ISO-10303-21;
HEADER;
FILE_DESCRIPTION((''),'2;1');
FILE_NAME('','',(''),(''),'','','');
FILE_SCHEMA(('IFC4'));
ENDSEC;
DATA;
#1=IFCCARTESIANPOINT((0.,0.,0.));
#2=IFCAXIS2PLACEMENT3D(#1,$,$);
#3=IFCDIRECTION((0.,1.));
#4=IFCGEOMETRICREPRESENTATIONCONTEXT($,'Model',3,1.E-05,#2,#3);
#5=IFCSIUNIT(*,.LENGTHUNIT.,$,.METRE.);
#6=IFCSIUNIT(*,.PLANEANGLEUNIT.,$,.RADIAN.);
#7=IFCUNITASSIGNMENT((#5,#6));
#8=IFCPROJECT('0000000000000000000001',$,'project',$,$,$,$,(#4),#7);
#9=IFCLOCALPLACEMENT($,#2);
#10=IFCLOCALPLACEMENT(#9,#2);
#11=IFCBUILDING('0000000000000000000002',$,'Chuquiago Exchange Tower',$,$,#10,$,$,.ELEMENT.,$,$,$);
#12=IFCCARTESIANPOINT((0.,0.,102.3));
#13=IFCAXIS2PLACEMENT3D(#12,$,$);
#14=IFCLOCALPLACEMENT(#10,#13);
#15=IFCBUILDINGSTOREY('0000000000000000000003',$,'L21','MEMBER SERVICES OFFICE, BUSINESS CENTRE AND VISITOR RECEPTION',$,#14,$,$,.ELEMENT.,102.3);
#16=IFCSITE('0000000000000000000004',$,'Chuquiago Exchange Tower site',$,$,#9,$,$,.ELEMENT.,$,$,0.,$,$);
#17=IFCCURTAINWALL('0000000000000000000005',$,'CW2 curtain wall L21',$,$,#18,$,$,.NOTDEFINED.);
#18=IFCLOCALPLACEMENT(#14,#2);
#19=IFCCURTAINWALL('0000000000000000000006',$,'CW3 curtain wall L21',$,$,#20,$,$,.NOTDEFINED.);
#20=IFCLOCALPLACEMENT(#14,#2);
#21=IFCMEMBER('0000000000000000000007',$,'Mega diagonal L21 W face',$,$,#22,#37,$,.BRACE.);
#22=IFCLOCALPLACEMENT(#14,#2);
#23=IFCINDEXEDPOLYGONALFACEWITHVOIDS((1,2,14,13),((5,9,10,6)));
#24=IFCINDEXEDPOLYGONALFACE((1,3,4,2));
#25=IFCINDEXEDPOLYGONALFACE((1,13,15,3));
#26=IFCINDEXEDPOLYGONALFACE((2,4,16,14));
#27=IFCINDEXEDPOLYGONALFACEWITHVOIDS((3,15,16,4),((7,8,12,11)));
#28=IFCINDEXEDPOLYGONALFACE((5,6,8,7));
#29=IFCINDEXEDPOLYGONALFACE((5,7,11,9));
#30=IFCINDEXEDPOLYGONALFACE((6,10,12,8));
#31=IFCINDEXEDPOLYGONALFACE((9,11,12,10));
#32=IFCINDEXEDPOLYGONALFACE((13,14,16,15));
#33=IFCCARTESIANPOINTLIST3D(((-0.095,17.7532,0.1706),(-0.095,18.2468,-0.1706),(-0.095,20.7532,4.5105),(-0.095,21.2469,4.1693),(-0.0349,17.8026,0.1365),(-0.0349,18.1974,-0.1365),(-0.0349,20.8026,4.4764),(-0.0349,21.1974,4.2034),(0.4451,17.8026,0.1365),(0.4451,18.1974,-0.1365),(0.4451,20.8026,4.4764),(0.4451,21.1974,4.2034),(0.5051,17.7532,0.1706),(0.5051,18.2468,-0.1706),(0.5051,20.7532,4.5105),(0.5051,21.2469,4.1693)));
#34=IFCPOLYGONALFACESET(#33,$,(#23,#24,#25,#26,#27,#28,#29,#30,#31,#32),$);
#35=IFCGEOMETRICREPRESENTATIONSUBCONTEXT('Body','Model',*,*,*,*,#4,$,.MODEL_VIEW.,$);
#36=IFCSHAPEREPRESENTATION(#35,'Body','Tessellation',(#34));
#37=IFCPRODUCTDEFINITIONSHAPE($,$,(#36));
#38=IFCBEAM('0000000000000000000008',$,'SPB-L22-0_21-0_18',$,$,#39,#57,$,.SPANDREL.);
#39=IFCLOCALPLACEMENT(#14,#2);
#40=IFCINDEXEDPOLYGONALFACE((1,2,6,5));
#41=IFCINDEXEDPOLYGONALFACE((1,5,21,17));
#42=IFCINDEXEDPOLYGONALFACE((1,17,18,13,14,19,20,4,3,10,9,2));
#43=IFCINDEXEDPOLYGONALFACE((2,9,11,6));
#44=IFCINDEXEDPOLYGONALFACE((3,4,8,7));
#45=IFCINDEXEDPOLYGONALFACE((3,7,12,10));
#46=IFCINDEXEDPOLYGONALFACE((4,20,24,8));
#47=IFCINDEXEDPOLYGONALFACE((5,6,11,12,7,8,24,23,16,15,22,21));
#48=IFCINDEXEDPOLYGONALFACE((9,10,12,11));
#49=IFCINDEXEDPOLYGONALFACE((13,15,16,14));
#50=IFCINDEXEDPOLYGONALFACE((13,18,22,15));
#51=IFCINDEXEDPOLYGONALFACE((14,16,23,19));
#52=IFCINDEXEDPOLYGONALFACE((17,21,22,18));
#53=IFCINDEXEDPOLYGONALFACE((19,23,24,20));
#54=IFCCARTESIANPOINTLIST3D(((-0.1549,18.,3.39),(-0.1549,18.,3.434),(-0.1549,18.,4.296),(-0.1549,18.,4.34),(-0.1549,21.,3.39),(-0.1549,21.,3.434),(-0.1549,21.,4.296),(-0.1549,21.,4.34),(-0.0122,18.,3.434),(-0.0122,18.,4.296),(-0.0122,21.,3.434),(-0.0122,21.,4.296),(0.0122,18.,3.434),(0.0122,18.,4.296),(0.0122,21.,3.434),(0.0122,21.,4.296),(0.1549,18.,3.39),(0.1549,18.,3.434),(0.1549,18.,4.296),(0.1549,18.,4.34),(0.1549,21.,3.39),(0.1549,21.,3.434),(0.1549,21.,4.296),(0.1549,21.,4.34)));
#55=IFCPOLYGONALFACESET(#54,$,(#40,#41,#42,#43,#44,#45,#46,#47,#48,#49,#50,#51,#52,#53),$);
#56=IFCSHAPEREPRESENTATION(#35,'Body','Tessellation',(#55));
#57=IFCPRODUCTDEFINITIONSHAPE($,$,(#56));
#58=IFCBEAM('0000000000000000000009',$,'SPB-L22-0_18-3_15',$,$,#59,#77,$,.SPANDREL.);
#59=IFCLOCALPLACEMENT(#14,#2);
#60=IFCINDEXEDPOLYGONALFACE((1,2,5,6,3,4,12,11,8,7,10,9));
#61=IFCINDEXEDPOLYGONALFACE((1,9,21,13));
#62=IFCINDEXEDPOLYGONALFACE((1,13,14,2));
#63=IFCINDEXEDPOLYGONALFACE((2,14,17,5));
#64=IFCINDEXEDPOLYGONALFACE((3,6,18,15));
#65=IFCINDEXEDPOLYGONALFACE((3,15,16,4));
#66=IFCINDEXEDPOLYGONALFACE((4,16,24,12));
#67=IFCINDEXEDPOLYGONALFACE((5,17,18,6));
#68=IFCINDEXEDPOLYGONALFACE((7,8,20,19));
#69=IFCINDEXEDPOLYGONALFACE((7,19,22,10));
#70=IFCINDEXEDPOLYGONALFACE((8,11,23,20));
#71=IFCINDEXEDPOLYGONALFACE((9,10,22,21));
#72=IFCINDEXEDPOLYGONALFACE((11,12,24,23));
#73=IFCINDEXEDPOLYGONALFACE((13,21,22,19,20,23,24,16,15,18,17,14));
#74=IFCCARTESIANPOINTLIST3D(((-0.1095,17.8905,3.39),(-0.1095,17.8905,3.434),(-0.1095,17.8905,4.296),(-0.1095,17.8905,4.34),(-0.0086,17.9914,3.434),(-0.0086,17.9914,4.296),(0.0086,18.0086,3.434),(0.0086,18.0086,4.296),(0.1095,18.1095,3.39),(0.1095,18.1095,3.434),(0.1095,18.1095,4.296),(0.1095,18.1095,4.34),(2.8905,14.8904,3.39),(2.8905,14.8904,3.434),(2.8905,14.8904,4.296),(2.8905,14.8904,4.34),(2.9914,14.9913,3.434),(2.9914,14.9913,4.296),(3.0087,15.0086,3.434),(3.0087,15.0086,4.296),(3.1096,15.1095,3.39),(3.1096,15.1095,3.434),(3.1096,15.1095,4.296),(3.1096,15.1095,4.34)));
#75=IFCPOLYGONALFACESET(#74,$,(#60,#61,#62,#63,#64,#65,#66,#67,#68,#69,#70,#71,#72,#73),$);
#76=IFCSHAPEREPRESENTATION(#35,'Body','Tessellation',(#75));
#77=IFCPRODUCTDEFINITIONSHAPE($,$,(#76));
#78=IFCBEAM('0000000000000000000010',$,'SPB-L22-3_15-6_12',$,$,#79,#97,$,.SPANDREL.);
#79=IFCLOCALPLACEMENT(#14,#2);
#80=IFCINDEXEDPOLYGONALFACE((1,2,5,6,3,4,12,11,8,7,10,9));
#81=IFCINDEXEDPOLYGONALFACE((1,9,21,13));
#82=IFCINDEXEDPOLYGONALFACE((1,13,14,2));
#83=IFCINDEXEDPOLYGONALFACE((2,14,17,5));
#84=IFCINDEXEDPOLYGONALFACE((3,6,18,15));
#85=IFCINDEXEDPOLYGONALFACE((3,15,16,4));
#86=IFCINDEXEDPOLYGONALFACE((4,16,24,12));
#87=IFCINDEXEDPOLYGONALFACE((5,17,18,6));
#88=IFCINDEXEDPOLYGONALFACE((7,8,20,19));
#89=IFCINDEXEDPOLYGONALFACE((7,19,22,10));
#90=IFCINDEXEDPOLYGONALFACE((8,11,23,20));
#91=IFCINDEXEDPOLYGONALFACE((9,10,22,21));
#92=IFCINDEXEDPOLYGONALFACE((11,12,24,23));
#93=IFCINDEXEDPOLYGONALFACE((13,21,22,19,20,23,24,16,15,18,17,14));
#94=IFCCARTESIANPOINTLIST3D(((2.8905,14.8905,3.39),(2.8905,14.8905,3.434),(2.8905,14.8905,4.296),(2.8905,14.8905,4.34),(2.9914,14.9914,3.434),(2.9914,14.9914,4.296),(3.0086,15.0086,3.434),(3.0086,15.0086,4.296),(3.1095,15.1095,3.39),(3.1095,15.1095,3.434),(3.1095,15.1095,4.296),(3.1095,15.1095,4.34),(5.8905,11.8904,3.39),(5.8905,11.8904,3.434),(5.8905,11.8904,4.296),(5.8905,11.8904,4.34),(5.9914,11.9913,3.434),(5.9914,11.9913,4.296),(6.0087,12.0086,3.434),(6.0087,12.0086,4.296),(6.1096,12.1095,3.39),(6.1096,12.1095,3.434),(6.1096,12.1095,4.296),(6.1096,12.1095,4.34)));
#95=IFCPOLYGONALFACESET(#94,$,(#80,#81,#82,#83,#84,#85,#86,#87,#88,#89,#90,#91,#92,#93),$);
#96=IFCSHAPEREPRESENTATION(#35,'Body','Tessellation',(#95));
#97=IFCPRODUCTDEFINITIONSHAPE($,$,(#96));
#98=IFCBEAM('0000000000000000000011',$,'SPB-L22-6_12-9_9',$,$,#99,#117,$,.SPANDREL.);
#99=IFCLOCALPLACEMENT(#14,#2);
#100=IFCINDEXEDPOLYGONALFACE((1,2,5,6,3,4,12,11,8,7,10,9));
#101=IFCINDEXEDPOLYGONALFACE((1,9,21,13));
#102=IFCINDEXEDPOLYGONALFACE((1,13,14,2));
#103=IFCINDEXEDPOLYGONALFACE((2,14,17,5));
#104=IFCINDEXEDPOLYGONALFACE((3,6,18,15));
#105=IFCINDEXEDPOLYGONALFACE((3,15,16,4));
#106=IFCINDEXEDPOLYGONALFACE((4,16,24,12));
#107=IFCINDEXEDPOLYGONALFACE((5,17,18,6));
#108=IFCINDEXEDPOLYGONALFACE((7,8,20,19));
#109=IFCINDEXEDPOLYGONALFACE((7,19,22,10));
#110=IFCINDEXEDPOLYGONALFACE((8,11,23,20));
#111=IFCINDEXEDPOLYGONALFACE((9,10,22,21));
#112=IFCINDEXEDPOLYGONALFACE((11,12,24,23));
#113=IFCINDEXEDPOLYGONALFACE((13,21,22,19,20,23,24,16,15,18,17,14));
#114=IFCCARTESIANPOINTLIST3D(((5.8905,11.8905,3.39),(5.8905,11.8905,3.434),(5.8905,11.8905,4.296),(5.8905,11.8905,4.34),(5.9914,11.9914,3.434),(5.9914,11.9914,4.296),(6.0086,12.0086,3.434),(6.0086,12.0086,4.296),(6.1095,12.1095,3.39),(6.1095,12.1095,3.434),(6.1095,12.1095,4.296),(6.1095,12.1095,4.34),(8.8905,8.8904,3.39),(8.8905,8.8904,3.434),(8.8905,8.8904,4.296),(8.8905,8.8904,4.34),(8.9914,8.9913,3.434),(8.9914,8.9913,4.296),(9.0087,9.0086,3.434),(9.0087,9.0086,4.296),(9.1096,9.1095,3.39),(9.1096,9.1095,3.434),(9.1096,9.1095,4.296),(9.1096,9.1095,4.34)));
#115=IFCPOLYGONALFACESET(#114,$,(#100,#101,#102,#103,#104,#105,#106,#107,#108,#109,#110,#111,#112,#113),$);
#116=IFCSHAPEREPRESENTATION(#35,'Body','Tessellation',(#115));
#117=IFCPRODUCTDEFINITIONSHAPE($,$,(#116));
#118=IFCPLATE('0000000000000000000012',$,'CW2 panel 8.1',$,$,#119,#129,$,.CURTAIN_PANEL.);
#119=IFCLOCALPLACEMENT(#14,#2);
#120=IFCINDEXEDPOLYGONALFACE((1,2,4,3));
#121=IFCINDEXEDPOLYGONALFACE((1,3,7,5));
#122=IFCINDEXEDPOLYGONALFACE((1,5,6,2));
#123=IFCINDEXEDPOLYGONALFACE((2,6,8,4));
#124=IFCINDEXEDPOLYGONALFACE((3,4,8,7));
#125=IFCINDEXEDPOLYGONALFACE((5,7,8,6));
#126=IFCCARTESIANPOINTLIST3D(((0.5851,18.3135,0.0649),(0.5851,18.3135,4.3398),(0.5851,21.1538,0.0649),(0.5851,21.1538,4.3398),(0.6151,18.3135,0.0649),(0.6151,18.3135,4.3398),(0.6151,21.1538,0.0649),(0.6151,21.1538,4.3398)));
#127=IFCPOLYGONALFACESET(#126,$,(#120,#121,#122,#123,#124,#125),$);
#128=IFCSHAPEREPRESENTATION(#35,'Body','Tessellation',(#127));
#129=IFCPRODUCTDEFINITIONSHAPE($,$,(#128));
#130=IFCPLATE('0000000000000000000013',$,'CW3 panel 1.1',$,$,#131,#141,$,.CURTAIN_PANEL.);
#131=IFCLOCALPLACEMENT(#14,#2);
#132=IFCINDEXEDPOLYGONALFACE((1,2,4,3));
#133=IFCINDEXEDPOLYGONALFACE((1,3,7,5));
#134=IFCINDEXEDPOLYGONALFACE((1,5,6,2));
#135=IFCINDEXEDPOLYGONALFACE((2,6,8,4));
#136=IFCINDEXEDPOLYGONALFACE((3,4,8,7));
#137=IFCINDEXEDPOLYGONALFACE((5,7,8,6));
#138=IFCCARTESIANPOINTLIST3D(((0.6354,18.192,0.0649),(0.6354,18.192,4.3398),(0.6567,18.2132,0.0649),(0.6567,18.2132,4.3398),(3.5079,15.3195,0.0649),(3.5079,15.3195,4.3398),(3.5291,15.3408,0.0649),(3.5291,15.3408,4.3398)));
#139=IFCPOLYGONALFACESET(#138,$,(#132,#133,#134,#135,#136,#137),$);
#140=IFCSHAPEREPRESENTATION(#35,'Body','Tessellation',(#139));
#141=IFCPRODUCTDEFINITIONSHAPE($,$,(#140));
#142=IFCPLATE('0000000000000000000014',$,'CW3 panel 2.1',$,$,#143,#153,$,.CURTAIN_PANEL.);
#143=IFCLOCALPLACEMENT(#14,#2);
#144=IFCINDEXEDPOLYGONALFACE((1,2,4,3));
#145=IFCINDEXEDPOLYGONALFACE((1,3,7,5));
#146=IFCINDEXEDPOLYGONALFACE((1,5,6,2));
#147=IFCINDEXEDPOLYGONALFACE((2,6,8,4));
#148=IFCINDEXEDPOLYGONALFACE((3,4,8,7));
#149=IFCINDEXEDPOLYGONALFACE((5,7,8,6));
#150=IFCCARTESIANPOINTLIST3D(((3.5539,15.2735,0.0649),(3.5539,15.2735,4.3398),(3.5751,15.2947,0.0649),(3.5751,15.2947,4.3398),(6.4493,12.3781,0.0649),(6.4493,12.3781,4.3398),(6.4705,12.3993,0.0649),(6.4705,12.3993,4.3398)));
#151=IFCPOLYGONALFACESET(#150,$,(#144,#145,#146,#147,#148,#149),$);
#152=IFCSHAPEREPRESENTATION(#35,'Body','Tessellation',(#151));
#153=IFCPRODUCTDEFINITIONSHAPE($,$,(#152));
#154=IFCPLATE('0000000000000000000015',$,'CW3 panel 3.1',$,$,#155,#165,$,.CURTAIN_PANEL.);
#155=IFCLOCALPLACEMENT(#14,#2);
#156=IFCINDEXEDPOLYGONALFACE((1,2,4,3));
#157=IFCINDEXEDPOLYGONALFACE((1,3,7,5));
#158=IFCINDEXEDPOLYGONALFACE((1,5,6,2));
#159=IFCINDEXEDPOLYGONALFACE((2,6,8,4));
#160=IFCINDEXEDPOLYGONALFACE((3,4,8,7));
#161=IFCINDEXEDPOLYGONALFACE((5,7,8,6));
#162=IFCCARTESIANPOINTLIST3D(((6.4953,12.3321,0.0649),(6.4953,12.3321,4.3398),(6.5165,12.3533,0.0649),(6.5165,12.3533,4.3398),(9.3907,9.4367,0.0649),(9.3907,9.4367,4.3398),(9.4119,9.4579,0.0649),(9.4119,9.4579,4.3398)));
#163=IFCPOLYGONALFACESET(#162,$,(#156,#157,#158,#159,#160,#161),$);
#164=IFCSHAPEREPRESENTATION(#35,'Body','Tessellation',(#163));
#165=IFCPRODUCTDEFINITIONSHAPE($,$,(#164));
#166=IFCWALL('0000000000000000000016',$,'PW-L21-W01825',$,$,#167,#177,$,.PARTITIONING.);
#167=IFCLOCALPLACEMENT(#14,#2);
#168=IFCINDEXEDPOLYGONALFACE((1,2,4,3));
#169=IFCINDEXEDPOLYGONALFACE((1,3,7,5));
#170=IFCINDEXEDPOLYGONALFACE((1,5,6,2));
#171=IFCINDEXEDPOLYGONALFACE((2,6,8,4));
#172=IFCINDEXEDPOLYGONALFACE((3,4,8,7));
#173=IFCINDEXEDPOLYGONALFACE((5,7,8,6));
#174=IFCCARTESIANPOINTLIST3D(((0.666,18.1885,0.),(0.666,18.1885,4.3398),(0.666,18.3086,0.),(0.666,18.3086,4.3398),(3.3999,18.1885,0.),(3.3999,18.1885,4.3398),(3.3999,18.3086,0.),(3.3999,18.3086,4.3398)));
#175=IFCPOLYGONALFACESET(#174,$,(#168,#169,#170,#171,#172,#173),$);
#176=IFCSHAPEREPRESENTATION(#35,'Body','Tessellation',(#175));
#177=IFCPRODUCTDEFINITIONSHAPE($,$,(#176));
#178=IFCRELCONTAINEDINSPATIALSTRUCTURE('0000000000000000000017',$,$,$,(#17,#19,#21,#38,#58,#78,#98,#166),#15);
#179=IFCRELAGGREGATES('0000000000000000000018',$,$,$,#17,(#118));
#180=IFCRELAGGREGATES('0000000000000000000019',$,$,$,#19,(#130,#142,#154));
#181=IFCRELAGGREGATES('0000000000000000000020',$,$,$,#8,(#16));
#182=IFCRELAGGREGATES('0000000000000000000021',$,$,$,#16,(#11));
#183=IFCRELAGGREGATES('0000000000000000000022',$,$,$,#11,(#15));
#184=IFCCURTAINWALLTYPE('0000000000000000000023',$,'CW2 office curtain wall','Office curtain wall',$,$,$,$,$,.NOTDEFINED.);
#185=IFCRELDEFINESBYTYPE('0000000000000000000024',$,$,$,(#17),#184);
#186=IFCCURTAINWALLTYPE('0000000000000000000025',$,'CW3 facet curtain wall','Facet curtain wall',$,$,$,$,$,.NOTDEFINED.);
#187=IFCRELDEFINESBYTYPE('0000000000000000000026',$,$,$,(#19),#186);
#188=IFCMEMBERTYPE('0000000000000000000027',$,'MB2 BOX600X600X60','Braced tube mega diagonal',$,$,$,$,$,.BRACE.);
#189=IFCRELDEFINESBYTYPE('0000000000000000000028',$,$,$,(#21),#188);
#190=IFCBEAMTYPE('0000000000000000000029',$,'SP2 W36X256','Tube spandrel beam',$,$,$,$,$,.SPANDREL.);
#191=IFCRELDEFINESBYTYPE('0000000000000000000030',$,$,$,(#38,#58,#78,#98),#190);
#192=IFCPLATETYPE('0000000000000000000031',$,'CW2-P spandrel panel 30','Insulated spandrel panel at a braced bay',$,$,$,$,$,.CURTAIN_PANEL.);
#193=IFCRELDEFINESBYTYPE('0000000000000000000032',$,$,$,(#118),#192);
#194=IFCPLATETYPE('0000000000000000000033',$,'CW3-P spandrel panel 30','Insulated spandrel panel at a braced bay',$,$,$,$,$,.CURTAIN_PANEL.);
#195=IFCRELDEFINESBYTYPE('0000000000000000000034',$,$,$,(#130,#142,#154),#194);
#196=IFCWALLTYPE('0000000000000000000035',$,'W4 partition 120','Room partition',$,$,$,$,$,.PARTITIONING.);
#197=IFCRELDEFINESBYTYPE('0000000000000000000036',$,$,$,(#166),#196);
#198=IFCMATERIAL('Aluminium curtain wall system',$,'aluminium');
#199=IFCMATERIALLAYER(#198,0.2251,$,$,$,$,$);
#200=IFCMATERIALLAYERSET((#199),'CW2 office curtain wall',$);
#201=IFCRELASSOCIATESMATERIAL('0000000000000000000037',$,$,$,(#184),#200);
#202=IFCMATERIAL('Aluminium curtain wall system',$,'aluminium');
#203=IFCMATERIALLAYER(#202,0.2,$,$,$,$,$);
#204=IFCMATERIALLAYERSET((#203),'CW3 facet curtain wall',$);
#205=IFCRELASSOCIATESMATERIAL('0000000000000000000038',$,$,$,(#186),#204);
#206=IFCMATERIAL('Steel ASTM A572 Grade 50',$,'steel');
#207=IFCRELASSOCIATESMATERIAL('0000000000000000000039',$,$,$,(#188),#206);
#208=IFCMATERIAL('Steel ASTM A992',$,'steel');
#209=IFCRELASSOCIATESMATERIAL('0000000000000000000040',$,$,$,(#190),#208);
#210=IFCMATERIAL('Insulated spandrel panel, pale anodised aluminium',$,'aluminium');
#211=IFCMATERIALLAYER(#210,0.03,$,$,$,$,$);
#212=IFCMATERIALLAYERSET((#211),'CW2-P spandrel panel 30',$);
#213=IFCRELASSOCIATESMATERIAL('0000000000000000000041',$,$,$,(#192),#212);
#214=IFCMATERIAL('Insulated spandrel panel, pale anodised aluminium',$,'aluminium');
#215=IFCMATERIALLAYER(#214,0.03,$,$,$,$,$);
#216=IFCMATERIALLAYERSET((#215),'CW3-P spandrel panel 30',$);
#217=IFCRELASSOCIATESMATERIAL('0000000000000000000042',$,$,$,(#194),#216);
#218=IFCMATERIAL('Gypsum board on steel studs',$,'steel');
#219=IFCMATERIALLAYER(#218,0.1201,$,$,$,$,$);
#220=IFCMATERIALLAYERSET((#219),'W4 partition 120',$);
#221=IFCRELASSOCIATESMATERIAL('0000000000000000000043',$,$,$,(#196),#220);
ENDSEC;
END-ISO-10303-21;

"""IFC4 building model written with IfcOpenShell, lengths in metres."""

from ifc_helpers import new_model, si_unit, direction, frame, frame_2d, origin, origin_2d, place, context, subcontext, project, spatial, rectangle, hollow_rectangle, i_section, extrude, material, layer, layer_set, material_profile, profile_set, type_object, element, aggregate, save


model = new_model("IFC4")

# Units and contexts
model_context = context("Model", 3, precision=1e-05, world=origin(), true_north=direction((0.0, 1.0)))
body_context = subcontext(model_context, "Body", "Model", "MODEL_VIEW")
ifc_project = project(units=[si_unit("LENGTHUNIT", "METRE"), si_unit("PLANEANGLEUNIT", "RADIAN")], contexts=[model_context])

# Site, building, storey
site_placement = place(None, origin())
site = spatial("IfcSite", under=ifc_project, at=site_placement, Name="Chuquiago Exchange Tower site", CompositionType="ELEMENT", RefElevation=0.0)
building_placement = place(site_placement, origin())
building = spatial("IfcBuilding", under=site, at=building_placement, Name="Chuquiago Exchange Tower", CompositionType="ELEMENT")
storey_placement = place(building_placement, frame((0.0, 0.0, 102.3)))
storey = spatial("IfcBuildingStorey", under=building, at=storey_placement, Name="L21", Description="MEMBER SERVICES OFFICE, BUSINESS CENTRE AND VISITOR RECEPTION", CompositionType="ELEMENT", Elevation=102.3)

# Curtain wall
ifc_material_1 = material(Name="Aluminium curtain wall system", Category="aluminium")
ifc_layer_1 = layer(ifc_material_1, 0.2251)
ifc_layer_set_1 = layer_set([ifc_layer_1], Name="CW2 office curtain wall")
curtain_wall_type_1 = type_object("IfcCurtainWallType", Name="CW2 office curtain wall", Description="Office curtain wall", PredefinedType="NOTDEFINED", material=ifc_layer_set_1)
curtain_wall_1_placement = place(storey_placement, origin())
curtain_wall_1 = element("IfcCurtainWall", 1, at=curtain_wall_1_placement, inside=storey, type_object=curtain_wall_type_1, Name="CW2 curtain wall L21", PredefinedType="NOTDEFINED")

# Curtain wall
ifc_material_2 = material(Name="Aluminium curtain wall system", Category="aluminium")
ifc_layer_2 = layer(ifc_material_2, 0.2)
ifc_layer_set_2 = layer_set([ifc_layer_2], Name="CW3 facet curtain wall")
curtain_wall_type_2 = type_object("IfcCurtainWallType", Name="CW3 facet curtain wall", Description="Facet curtain wall", PredefinedType="NOTDEFINED", material=ifc_layer_set_2)
curtain_wall_2_placement = place(storey_placement, origin())
curtain_wall_2 = element("IfcCurtainWall", 2, at=curtain_wall_2_placement, inside=storey, type_object=curtain_wall_type_2, Name="CW3 curtain wall L21", PredefinedType="NOTDEFINED")

# Member
ifc_material_3 = material(Name="Steel ASTM A572 Grade 50", Category="steel")
ifc_material_profile_1 = material_profile(ifc_material_3, hollow_rectangle(XDim=0.6001, YDim=0.6001, WallThickness=0.0601, at=origin_2d()), Name="BOX600X600X60")
ifc_profile_set_1 = profile_set([ifc_material_profile_1], Name="Steel ASTM A572 Grade 50")
member_type_1 = type_object("IfcMemberType", Name="MB2 BOX600X600X60", Description="Braced tube mega diagonal", PredefinedType="BRACE", material=ifc_profile_set_1)
member_1_placement = place(storey_placement, frame((0.2051, 18.0, 0.0), z_axis=(0.0, 0.568632, 0.822592), x_axis=(-1.0, 0.0, 0.0)))
element("IfcMember", 3, at=member_1_placement, inside=storey, type_object=member_type_1, Name="Mega diagonal L21 W face", PredefinedType="BRACE", context=body_context, shape_type="SweptSolid", body=[
    extrude(hollow_rectangle(XDim=0.6001, YDim=0.6001, WallThickness=0.0601, at=origin_2d()), origin(), (0.0, 0.0, 1.0), 5.2759),
])

# Beams
ifc_material_4 = material(Name="Steel ASTM A992", Category="steel")
ifc_material_profile_2 = material_profile(ifc_material_4, i_section(OverallWidth=0.3098, OverallDepth=0.95, WebThickness=0.0244, FlangeThickness=0.0439, at=origin_2d()), Name="W36X256")
ifc_profile_set_2 = profile_set([ifc_material_profile_2], Name="Steel ASTM A992")
beam_type_1 = type_object("IfcBeamType", Name="SP2 W36X256", Description="Tube spandrel beam", PredefinedType="SPANDREL", material=ifc_profile_set_2)
beam_1_placement = place(storey_placement, frame((0.0, 21.0, 3.865), z_axis=(0.0, -1.0, 0.0), x_axis=(1.0, 0.0, 0.0)))
element("IfcBeam", 4, at=beam_1_placement, inside=storey, type_object=beam_type_1, Name="SPB-L22-0_21-0_18", PredefinedType="SPANDREL", context=body_context, shape_type="SweptSolid", body=[
    extrude(i_section(OverallWidth=0.3098, OverallDepth=0.95, WebThickness=0.0244, FlangeThickness=0.0439, at=origin_2d()), origin(), (0.0, 0.0, 1.0), 3.0),
])
for number, where, z_axis, x_axis, name in (
    (5, (0.0, 18.0, 3.865), (0.707107, -0.707107, 0.0), (0.707107, 0.707107, 0.0), "SPB-L22-0_18-3_15"),
    (6, (3.0, 15.0, 3.865), (0.707107, -0.707107, 0.0), (0.707107, 0.707107, 0.0), "SPB-L22-3_15-6_12"),
    (7, (6.0, 12.0, 3.865), (0.707107, -0.707107, 0.0), (0.707107, 0.707107, 0.0), "SPB-L22-6_12-9_9"),
):
    element("IfcBeam", number, at=place(storey_placement, frame(where, z_axis=z_axis, x_axis=x_axis)), inside=storey, type_object=beam_type_1, Name=name, PredefinedType="SPANDREL", context=body_context, shape_type="SweptSolid", body=[
        extrude(i_section(OverallWidth=0.3098, OverallDepth=0.95, WebThickness=0.0244, FlangeThickness=0.0439, at=origin_2d()), origin(), (0.0, 0.0, 1.0), 4.2427),
    ])

# Plates
ifc_material_5 = material(Name="Insulated spandrel panel, pale anodised aluminium", Category="aluminium")
ifc_layer_3 = layer(ifc_material_5, 0.03)
ifc_layer_set_3 = layer_set([ifc_layer_3], Name="CW2-P spandrel panel 30")
plate_type_1 = type_object("IfcPlateType", Name="CW2-P spandrel panel 30", Description="Insulated spandrel panel at a braced bay", PredefinedType="CURTAIN_PANEL", material=ifc_layer_set_3)
plate_1_placement = place(storey_placement, frame((0.6001, 19.7336, 0.0649), z_axis=(0.0, 0.0, 1.0), x_axis=(0.0, -1.0, 0.0)))
plate_1 = element("IfcPlate", 8, at=plate_1_placement, type_object=plate_type_1, Name="CW2 panel 8.1", PredefinedType="CURTAIN_PANEL", context=body_context, shape_type="SweptSolid", body=[
    extrude(rectangle(XDim=2.8403, YDim=0.03, at=origin_2d()), origin(), (0.0, 0.0, 1.0), 4.2749),
])
aggregate(curtain_wall_1, [plate_1])
ifc_material_6 = material(Name="Insulated spandrel panel, pale anodised aluminium", Category="aluminium")
ifc_layer_4 = layer(ifc_material_6, 0.03)
ifc_layer_set_4 = layer_set([ifc_layer_4], Name="CW3-P spandrel panel 30")
plate_type_2 = type_object("IfcPlateType", Name="CW3-P spandrel panel 30", Description="Insulated spandrel panel at a braced bay", PredefinedType="CURTAIN_PANEL", material=ifc_layer_set_4)
plate_2_placement = place(storey_placement, frame((2.0823, 16.7664, 0.0649), z_axis=(0.0, 0.0, 1.0), x_axis=(0.707107, -0.707107, 0.0)))
plate_2 = element("IfcPlate", 9, at=plate_2_placement, type_object=plate_type_2, Name="CW3 panel 1.1", PredefinedType="CURTAIN_PANEL", context=body_context, shape_type="SweptSolid", body=[
    extrude(rectangle(XDim=4.0623, YDim=0.03, at=origin_2d()), origin(), (0.0, 0.0, 1.0), 4.2749),
])
plate_3_placement = place(storey_placement, frame((5.0122, 13.8364, 0.0649), z_axis=(0.0, 0.0, 1.0), x_axis=(0.707107, -0.707107, 0.0)))
plate_3 = element("IfcPlate", 10, at=plate_3_placement, type_object=plate_type_2, Name="CW3 panel 2.1", PredefinedType="CURTAIN_PANEL", context=body_context, shape_type="SweptSolid", body=[
    extrude(rectangle(XDim=4.0947, YDim=0.03, at=origin_2d()), origin(), (0.0, 0.0, 1.0), 4.2749),
])
plate_4_placement = place(storey_placement, frame((7.9536, 10.895, 0.0649), z_axis=(0.0, 0.0, 1.0), x_axis=(0.707107, -0.707107, 0.0)))
plate_4 = element("IfcPlate", 11, at=plate_4_placement, type_object=plate_type_2, Name="CW3 panel 3.1", PredefinedType="CURTAIN_PANEL", context=body_context, shape_type="SweptSolid", body=[
    extrude(rectangle(XDim=4.0947, YDim=0.03, at=origin_2d()), origin(), (0.0, 0.0, 1.0), 4.2749),
])
aggregate(curtain_wall_2, [plate_2, plate_3, plate_4])

# Wall
ifc_material_7 = material(Name="Gypsum board on steel studs", Category="steel")
ifc_layer_5 = layer(ifc_material_7, 0.1201)
ifc_layer_set_5 = layer_set([ifc_layer_5], Name="W4 partition 120")
wall_type = type_object("IfcWallType", Name="W4 partition 120", Description="Room partition", PredefinedType="PARTITIONING", material=ifc_layer_set_5)
wall_1_placement = place(storey_placement, frame((0.666, 18.2485, 0.0), z_axis=(0.0, 0.0, 1.0), x_axis=(1.0, 0.0, 0.0)))
element("IfcWall", 12, at=wall_1_placement, inside=storey, type_object=wall_type, Name="PW-L21-W01825", PredefinedType="PARTITIONING", context=body_context, shape_type="SweptSolid", body=[
    extrude(rectangle(XDim=2.7339, YDim=0.1201, at=frame_2d((1.3669, 0.0))), origin(), (0.0, 0.0, 1.0), 4.3398),
])

save(model, "model.ifc")
